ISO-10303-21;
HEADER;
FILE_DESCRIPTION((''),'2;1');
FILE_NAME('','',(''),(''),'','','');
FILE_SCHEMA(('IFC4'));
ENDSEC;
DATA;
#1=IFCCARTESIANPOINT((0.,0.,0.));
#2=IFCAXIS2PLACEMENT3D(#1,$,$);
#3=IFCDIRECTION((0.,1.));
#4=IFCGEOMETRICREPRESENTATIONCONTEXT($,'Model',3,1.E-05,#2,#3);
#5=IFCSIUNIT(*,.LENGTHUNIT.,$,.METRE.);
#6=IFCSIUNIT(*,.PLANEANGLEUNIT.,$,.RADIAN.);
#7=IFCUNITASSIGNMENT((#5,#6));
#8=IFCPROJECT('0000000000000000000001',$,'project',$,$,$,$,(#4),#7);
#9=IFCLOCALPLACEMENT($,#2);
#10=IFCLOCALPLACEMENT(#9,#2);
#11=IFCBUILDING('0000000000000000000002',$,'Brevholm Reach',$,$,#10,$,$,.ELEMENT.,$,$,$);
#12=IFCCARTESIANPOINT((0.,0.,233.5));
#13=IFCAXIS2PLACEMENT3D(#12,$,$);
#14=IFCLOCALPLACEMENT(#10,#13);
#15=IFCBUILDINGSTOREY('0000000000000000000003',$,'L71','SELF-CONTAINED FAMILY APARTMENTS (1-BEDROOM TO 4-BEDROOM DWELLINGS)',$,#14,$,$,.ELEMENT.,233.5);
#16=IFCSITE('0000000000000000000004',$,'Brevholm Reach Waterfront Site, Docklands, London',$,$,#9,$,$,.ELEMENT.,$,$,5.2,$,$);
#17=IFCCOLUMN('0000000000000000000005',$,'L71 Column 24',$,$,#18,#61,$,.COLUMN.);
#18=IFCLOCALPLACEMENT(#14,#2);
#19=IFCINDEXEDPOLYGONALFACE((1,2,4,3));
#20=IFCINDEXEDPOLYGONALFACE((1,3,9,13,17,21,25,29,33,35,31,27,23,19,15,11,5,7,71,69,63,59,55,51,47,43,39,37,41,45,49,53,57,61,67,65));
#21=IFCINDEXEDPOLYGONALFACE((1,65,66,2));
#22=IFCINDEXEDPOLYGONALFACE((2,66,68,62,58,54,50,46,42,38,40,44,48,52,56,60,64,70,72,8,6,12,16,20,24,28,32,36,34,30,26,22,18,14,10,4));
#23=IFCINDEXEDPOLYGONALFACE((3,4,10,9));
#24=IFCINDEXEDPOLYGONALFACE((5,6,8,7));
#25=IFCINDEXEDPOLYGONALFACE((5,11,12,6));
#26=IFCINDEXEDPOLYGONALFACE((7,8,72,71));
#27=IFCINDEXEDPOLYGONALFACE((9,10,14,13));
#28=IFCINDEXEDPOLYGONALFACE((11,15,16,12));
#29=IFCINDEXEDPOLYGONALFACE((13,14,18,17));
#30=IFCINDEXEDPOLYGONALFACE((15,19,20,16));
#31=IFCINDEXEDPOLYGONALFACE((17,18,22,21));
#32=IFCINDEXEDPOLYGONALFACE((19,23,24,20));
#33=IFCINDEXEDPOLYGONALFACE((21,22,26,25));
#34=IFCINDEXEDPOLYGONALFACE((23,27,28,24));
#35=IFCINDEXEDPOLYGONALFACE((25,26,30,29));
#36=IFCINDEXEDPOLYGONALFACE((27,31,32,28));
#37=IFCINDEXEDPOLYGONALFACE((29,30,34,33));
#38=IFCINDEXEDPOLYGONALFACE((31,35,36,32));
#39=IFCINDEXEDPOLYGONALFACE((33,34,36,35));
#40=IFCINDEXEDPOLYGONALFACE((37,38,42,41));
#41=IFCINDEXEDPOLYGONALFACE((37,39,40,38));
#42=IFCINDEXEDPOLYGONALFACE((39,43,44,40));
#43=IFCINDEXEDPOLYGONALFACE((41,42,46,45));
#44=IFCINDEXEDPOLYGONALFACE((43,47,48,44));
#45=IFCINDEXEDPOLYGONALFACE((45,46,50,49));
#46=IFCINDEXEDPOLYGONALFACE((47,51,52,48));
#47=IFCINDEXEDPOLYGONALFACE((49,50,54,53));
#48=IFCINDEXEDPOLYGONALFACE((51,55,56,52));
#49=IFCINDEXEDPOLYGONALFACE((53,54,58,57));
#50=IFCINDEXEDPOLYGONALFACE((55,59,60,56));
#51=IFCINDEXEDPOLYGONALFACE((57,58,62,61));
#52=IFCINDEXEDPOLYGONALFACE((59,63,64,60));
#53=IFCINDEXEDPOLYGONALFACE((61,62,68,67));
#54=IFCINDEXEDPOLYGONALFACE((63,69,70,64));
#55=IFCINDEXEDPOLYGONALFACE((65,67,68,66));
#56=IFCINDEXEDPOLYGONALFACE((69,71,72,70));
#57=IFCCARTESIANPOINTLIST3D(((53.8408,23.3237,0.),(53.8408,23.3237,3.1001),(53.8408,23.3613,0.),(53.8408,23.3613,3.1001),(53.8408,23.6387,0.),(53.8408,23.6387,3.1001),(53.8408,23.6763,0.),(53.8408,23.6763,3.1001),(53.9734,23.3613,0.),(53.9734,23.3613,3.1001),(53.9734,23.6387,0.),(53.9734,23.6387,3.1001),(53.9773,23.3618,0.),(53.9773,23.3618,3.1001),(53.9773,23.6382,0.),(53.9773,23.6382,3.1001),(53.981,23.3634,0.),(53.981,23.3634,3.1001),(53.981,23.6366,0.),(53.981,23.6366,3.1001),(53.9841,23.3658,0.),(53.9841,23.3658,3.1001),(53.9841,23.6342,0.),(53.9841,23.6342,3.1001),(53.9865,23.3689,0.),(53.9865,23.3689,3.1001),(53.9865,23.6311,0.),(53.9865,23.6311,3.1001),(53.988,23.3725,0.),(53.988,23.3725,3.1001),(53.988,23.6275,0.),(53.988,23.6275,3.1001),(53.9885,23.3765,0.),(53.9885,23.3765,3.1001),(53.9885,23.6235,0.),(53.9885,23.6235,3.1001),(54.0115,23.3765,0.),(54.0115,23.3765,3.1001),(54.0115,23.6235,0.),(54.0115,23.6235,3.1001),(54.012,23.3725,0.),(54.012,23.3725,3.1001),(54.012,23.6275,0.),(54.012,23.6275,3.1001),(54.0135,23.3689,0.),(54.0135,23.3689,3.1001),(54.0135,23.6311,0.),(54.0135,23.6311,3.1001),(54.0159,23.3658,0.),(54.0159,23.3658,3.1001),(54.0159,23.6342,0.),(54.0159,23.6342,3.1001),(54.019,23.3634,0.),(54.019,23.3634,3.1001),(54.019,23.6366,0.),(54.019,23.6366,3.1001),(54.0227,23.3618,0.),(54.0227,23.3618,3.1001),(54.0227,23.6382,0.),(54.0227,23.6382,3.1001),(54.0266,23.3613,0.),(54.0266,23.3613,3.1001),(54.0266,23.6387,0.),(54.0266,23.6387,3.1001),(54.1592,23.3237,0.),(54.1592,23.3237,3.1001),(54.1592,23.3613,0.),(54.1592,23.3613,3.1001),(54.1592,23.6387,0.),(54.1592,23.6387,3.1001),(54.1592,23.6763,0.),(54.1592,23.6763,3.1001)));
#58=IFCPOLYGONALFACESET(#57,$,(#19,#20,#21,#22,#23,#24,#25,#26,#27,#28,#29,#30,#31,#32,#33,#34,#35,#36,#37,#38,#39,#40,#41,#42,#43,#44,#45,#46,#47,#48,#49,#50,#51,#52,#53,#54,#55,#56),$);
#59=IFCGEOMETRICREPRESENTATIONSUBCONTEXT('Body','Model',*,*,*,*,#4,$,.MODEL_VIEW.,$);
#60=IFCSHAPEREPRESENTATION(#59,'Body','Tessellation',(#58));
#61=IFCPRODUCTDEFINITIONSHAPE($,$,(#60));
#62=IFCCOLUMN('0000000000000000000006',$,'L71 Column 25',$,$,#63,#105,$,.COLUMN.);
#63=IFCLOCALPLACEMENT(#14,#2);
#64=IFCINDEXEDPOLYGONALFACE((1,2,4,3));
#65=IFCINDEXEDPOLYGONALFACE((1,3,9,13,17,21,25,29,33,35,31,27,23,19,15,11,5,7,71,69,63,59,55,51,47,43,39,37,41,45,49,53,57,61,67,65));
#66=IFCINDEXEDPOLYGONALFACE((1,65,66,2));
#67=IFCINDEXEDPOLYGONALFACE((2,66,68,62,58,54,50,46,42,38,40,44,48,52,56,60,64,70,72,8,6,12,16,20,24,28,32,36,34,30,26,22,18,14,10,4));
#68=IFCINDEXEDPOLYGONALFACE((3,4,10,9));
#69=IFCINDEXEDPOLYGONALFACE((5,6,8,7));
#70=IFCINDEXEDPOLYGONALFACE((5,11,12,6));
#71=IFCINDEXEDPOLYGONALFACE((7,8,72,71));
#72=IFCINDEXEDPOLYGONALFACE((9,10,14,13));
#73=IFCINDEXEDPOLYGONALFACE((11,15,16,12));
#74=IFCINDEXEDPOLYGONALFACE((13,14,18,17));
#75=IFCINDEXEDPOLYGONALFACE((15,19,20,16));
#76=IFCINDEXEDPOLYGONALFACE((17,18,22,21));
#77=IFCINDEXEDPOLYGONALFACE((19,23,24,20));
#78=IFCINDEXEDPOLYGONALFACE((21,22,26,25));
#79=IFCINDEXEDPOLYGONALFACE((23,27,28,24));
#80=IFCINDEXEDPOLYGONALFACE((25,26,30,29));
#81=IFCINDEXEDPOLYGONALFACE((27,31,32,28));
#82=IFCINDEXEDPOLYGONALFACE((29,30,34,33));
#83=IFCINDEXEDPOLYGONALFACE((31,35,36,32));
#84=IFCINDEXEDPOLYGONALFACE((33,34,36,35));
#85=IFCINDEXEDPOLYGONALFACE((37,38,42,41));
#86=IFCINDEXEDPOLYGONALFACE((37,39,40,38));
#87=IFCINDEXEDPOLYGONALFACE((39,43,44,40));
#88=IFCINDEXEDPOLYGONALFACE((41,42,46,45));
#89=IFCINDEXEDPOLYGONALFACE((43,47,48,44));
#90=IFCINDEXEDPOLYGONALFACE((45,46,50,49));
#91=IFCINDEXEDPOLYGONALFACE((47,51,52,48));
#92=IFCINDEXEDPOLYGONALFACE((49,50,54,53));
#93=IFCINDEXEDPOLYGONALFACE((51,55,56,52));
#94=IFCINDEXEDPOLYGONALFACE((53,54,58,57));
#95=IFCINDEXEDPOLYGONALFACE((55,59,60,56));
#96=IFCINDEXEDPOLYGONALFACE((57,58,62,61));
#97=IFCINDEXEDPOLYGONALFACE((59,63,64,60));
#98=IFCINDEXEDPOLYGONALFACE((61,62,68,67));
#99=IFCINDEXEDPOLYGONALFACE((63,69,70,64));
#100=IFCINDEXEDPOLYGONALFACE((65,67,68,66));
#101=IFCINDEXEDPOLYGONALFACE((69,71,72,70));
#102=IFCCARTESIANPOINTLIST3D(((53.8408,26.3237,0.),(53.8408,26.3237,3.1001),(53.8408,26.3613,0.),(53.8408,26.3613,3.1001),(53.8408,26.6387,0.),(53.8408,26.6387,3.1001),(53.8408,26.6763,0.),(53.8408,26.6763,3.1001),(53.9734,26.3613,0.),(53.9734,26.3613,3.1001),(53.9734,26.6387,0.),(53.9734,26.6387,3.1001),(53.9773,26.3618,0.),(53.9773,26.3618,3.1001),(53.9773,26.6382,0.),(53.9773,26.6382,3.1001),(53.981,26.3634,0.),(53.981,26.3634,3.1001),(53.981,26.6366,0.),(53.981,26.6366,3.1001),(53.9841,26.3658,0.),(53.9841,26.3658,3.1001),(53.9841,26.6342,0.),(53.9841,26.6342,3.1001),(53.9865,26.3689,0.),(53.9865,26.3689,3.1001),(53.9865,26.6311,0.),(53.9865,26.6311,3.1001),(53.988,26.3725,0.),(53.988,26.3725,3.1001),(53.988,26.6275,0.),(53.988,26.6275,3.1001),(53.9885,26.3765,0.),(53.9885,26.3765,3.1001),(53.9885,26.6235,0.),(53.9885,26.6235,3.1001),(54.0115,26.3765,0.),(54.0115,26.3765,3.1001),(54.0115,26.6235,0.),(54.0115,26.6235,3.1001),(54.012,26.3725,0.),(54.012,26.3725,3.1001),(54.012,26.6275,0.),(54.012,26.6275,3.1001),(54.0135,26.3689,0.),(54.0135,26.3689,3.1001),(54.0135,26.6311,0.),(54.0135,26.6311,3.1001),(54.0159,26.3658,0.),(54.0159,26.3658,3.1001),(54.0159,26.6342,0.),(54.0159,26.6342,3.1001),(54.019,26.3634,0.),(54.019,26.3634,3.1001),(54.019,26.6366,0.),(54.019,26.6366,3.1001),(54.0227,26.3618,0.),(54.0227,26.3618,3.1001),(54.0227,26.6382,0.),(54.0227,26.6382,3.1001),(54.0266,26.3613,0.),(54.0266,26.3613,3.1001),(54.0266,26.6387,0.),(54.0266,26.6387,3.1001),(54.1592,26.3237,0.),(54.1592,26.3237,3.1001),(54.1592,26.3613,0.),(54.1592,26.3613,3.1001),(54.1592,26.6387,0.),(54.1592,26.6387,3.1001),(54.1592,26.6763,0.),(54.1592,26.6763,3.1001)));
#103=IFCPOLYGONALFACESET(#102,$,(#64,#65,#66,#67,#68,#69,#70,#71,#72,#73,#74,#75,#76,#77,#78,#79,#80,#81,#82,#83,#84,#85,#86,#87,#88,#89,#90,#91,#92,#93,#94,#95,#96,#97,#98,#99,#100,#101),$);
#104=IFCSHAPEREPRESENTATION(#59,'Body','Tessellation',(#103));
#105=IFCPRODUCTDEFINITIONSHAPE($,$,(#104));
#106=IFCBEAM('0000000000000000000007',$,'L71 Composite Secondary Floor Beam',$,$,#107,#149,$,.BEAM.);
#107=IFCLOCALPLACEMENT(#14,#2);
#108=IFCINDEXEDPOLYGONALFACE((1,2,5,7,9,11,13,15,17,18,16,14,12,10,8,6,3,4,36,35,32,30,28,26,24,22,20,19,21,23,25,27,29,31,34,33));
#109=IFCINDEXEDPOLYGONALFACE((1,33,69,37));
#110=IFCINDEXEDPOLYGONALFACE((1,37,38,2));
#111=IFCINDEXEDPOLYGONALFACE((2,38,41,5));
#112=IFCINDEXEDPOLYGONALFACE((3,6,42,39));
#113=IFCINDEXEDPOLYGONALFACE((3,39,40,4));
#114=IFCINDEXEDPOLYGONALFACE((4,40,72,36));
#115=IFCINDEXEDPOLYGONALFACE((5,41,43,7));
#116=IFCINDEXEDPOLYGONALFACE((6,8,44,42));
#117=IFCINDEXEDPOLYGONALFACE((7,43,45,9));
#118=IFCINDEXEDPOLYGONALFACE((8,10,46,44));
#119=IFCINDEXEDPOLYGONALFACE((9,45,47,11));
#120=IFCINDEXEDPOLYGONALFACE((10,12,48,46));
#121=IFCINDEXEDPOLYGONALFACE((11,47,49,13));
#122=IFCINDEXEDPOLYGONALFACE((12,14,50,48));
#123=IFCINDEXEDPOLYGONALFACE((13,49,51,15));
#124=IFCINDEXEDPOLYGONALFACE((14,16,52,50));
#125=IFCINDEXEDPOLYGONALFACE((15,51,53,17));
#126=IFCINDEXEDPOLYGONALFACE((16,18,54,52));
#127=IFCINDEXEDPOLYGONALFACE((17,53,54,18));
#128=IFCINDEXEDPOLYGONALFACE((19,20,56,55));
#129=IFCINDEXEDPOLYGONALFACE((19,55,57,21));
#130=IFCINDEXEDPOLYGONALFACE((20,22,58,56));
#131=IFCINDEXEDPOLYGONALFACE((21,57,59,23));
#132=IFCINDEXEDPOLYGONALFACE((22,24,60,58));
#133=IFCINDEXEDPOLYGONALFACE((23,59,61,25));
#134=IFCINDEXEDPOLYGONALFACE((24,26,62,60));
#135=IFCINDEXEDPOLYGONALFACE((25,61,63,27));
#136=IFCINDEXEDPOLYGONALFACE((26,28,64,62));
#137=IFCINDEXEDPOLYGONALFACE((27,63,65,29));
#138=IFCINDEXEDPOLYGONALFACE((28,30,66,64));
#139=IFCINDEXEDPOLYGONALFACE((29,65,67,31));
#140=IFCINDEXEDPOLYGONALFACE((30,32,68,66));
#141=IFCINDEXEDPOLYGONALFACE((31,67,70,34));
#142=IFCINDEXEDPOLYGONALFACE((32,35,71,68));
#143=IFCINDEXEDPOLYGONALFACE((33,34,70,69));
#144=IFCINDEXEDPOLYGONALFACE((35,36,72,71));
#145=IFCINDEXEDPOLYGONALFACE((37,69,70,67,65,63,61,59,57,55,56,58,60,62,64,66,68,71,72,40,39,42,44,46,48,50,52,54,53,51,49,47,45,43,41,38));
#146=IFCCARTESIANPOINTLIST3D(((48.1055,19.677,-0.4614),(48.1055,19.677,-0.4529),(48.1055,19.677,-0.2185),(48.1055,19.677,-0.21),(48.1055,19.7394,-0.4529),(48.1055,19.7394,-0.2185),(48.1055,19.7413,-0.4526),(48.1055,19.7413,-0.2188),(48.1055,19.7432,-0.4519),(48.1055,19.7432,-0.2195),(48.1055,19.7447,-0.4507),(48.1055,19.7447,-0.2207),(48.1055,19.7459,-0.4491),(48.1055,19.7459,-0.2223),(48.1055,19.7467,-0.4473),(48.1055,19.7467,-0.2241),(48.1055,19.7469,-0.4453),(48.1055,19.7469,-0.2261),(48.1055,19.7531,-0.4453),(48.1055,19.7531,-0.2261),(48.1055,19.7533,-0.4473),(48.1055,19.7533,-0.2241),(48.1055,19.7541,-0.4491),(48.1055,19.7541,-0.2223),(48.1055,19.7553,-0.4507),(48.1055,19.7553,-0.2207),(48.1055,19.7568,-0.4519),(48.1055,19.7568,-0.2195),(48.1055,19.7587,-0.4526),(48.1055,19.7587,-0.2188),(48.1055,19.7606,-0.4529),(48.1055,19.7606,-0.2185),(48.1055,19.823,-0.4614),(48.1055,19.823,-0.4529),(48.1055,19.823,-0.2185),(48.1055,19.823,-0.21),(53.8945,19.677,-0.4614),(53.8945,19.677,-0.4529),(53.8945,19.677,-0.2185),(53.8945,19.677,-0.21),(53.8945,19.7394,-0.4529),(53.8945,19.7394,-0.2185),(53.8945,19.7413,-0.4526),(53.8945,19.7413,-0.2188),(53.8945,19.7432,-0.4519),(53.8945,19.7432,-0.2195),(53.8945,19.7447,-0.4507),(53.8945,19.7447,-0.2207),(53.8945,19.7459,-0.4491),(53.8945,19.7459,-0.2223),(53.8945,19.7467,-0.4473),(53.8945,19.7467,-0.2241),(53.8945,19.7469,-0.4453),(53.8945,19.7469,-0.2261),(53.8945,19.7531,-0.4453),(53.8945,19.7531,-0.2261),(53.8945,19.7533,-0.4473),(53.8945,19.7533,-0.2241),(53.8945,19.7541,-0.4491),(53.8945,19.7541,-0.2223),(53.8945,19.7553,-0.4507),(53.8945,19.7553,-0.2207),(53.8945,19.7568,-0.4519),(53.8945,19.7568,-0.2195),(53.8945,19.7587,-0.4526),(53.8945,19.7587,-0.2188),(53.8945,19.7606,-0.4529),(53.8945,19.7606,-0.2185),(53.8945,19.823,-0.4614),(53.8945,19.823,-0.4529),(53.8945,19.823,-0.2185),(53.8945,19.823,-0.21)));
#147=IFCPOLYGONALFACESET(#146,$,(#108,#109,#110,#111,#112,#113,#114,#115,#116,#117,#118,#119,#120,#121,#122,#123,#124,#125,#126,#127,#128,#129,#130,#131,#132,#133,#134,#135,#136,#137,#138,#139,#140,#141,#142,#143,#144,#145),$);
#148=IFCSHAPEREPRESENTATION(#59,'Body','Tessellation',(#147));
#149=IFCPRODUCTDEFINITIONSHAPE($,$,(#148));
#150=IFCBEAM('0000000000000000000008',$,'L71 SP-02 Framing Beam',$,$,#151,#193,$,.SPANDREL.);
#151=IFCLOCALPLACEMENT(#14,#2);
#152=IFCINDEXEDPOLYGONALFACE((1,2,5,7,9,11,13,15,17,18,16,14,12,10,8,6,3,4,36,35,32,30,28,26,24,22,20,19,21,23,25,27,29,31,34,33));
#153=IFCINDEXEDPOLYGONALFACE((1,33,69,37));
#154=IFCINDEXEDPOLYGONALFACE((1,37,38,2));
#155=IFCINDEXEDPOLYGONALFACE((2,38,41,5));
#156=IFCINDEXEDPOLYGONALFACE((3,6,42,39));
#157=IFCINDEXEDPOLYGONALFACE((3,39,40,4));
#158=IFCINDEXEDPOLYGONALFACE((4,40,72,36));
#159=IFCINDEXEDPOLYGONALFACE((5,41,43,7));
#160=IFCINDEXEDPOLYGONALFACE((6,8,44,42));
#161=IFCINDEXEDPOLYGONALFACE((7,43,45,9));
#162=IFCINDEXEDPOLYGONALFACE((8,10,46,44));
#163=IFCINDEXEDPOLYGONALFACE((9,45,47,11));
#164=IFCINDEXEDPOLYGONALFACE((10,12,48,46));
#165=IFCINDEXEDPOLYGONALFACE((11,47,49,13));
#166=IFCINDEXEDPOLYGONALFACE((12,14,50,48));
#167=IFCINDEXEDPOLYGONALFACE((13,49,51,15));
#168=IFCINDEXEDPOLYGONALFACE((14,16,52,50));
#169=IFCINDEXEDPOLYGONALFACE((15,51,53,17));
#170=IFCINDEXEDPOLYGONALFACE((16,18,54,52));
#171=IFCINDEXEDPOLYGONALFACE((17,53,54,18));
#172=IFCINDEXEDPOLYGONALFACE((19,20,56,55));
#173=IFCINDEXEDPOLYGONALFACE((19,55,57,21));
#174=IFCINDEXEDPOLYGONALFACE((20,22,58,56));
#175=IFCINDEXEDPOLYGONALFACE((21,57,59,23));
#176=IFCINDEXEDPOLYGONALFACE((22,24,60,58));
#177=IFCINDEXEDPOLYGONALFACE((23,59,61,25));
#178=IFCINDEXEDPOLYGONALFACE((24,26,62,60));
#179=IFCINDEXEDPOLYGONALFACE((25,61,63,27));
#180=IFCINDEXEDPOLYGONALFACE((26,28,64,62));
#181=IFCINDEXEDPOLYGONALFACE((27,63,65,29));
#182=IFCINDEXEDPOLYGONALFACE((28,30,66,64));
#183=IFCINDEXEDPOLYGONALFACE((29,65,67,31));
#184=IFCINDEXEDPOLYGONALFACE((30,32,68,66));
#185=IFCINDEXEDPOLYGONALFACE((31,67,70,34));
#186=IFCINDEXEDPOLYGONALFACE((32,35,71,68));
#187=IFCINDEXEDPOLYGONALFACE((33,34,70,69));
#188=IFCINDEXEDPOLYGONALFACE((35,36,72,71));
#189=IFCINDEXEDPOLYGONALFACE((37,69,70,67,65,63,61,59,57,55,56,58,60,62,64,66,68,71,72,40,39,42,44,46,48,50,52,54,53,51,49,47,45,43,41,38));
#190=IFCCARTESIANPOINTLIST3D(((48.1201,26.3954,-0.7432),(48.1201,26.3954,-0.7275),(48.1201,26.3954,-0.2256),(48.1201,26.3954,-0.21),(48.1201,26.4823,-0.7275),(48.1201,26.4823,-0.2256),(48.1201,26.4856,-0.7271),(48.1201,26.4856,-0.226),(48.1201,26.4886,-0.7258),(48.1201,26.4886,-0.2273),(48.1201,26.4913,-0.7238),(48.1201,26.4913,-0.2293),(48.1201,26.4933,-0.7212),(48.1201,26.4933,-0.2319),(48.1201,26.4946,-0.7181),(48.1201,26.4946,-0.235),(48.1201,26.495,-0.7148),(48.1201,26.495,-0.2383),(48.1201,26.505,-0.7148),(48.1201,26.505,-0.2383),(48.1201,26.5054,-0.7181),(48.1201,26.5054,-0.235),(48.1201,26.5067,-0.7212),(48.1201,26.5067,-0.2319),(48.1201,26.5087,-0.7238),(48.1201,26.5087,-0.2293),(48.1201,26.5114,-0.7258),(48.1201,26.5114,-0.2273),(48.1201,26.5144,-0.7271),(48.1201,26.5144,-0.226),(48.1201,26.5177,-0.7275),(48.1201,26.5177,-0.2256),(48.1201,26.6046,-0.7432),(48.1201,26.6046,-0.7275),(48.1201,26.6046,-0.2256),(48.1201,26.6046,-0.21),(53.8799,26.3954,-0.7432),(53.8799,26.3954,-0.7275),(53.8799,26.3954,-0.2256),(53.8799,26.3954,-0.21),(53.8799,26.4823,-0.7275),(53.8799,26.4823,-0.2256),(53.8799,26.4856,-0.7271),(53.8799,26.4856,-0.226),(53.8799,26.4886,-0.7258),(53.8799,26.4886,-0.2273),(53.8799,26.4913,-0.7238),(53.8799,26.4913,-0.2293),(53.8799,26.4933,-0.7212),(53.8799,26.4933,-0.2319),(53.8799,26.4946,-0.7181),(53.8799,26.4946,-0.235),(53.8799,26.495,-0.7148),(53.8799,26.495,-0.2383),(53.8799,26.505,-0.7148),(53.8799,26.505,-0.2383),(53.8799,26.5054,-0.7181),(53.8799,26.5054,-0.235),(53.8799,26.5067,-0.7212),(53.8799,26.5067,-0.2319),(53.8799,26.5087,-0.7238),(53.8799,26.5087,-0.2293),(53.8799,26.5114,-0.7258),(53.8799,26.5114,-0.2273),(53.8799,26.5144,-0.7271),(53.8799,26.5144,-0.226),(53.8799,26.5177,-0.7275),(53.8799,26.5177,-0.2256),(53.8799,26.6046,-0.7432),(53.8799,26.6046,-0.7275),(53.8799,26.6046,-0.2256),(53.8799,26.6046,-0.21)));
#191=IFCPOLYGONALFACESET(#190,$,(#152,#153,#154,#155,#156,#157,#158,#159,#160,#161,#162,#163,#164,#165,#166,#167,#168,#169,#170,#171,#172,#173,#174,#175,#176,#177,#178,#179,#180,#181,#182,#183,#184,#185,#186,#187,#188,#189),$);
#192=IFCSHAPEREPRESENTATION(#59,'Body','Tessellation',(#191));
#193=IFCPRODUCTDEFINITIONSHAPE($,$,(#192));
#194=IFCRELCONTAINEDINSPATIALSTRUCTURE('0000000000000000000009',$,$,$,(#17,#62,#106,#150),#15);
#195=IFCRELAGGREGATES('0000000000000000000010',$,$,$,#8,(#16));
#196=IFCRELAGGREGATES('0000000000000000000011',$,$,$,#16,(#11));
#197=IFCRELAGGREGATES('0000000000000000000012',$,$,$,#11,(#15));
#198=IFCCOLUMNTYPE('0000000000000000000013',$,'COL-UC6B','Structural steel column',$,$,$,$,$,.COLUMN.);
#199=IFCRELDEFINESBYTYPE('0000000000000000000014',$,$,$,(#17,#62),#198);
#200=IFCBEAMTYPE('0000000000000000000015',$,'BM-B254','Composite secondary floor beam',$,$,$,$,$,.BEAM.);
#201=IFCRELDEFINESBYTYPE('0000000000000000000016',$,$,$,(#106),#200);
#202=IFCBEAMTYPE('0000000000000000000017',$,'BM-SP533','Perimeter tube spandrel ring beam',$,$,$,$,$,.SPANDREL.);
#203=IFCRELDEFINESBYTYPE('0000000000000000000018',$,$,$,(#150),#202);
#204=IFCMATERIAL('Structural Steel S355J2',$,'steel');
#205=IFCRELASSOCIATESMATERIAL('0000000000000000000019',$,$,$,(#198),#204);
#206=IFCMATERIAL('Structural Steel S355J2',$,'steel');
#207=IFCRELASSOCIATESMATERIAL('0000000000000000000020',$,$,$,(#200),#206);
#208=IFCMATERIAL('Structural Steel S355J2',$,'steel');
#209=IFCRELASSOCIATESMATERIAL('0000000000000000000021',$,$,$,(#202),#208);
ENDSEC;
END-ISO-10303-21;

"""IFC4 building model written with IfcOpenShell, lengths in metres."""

from ifc_helpers import new_model, si_unit, direction, frame, origin, origin_2d, place, context, subcontext, project, spatial, i_section, extrude, material, material_profile, profile_set, type_object, element, save


model = new_model("IFC4")

# Units and contexts
model_context = context("Model", 3, precision=1e-05, world=origin(), true_north=direction((0.0, 1.0)))
body_context = subcontext(model_context, "Body", "Model", "MODEL_VIEW")
ifc_project = project(units=[si_unit("LENGTHUNIT", "METRE"), si_unit("PLANEANGLEUNIT", "RADIAN")], contexts=[model_context])

# Site, building, storey
site_placement = place(None, origin())
site = spatial("IfcSite", under=ifc_project, at=site_placement, Name="Brevholm Reach Waterfront Site, Docklands, London", CompositionType="ELEMENT", RefElevation=5.2)
building_placement = place(site_placement, origin())
building = spatial("IfcBuilding", under=site, at=building_placement, Name="Brevholm Reach", CompositionType="ELEMENT")
storey_placement = place(building_placement, frame((0.0, 0.0, 233.5)))
storey = spatial("IfcBuildingStorey", under=building, at=storey_placement, Name="L71", Description="SELF-CONTAINED FAMILY APARTMENTS (1-BEDROOM TO 4-BEDROOM DWELLINGS)", CompositionType="ELEMENT", Elevation=233.5)

# Columns
ifc_material_1 = material(Name="Structural Steel S355J2", Category="steel")
ifc_material_profile_1 = material_profile(ifc_material_1, i_section(OverallWidth=0.3184, OverallDepth=0.3525, WebThickness=0.0229, FlangeThickness=0.0376, FilletRadius=0.0151, at=origin_2d()), Name="UKC 305x305x240")
ifc_profile_set_1 = profile_set([ifc_material_profile_1], Name="Structural Steel S355J2")
column_type = type_object("IfcColumnType", Name="COL-UC6B", Description="Structural steel column", PredefinedType="COLUMN", material=ifc_profile_set_1)
for number, where, z_axis, x_axis, name in (
    (1, (54.0, 23.5, 0.0), (0.0, 0.0, 1.0), (1.0, 0.0, 0.0), "L71 Column 24"),
    (2, (54.0, 26.5, 0.0), (0.0, 0.0, 1.0), (1.0, 0.0, 0.0), "L71 Column 25"),
):
    element("IfcColumn", number, at=place(storey_placement, frame(where, z_axis=z_axis, x_axis=x_axis)), inside=storey, type_object=column_type, Name=name, PredefinedType="COLUMN", context=body_context, shape_type="SweptSolid", body=[
        extrude(i_section(OverallWidth=0.3184, OverallDepth=0.3525, WebThickness=0.0229, FlangeThickness=0.0376, FilletRadius=0.0151, at=origin_2d()), origin(), (0.0, 0.0, 1.0), 3.1001),
    ])

# Beams
ifc_material_2 = material(Name="Structural Steel S355J2", Category="steel")
ifc_material_profile_2 = material_profile(ifc_material_2, i_section(OverallWidth=0.146, OverallDepth=0.2515, WebThickness=0.0061, FlangeThickness=0.0085, FilletRadius=0.0076, at=origin_2d()), Name="UKB 254x146x31")
ifc_profile_set_2 = profile_set([ifc_material_profile_2], Name="Structural Steel S355J2")
beam_type_1 = type_object("IfcBeamType", Name="BM-B254", Description="Composite secondary floor beam", PredefinedType="BEAM", material=ifc_profile_set_2)
beam_1_placement = place(storey_placement, frame((48.1055, 19.75, -0.3357), z_axis=(1.0, 0.0, 0.0), x_axis=(0.0, 1.0, 0.0)))
element("IfcBeam", 3, at=beam_1_placement, inside=storey, type_object=beam_type_1, Name="L71 Composite Secondary Floor Beam", PredefinedType="BEAM", context=body_context, shape_type="SweptSolid", body=[
    extrude(i_section(OverallWidth=0.146, OverallDepth=0.2515, WebThickness=0.0061, FlangeThickness=0.0085, FilletRadius=0.0076, at=origin_2d()), origin(), (0.0, 0.0, 1.0), 5.7891),
])
ifc_material_3 = material(Name="Structural Steel S355J2", Category="steel")
ifc_material_profile_3 = material_profile(ifc_material_3, i_section(OverallWidth=0.2092, OverallDepth=0.5332, WebThickness=0.01, FlangeThickness=0.0156, FilletRadius=0.0127, at=origin_2d()), Name="UKB 533x210x92")
ifc_profile_set_3 = profile_set([ifc_material_profile_3], Name="Structural Steel S355J2")
beam_type_2 = type_object("IfcBeamType", Name="BM-SP533", Description="Perimeter tube spandrel ring beam", PredefinedType="SPANDREL", material=ifc_profile_set_3)
beam_2_placement = place(storey_placement, frame((48.1201, 26.5, -0.4766), z_axis=(1.0, 0.0, 0.0), x_axis=(0.0, 1.0, 0.0)))
element("IfcBeam", 4, at=beam_2_placement, inside=storey, type_object=beam_type_2, Name="L71 SP-02 Framing Beam", PredefinedType="SPANDREL", context=body_context, shape_type="SweptSolid", body=[
    extrude(i_section(OverallWidth=0.2092, OverallDepth=0.5332, WebThickness=0.01, FlangeThickness=0.0156, FilletRadius=0.0127, at=origin_2d()), origin(), (0.0, 0.0, 1.0), 5.7598),
])

save(model, "model.ifc")
